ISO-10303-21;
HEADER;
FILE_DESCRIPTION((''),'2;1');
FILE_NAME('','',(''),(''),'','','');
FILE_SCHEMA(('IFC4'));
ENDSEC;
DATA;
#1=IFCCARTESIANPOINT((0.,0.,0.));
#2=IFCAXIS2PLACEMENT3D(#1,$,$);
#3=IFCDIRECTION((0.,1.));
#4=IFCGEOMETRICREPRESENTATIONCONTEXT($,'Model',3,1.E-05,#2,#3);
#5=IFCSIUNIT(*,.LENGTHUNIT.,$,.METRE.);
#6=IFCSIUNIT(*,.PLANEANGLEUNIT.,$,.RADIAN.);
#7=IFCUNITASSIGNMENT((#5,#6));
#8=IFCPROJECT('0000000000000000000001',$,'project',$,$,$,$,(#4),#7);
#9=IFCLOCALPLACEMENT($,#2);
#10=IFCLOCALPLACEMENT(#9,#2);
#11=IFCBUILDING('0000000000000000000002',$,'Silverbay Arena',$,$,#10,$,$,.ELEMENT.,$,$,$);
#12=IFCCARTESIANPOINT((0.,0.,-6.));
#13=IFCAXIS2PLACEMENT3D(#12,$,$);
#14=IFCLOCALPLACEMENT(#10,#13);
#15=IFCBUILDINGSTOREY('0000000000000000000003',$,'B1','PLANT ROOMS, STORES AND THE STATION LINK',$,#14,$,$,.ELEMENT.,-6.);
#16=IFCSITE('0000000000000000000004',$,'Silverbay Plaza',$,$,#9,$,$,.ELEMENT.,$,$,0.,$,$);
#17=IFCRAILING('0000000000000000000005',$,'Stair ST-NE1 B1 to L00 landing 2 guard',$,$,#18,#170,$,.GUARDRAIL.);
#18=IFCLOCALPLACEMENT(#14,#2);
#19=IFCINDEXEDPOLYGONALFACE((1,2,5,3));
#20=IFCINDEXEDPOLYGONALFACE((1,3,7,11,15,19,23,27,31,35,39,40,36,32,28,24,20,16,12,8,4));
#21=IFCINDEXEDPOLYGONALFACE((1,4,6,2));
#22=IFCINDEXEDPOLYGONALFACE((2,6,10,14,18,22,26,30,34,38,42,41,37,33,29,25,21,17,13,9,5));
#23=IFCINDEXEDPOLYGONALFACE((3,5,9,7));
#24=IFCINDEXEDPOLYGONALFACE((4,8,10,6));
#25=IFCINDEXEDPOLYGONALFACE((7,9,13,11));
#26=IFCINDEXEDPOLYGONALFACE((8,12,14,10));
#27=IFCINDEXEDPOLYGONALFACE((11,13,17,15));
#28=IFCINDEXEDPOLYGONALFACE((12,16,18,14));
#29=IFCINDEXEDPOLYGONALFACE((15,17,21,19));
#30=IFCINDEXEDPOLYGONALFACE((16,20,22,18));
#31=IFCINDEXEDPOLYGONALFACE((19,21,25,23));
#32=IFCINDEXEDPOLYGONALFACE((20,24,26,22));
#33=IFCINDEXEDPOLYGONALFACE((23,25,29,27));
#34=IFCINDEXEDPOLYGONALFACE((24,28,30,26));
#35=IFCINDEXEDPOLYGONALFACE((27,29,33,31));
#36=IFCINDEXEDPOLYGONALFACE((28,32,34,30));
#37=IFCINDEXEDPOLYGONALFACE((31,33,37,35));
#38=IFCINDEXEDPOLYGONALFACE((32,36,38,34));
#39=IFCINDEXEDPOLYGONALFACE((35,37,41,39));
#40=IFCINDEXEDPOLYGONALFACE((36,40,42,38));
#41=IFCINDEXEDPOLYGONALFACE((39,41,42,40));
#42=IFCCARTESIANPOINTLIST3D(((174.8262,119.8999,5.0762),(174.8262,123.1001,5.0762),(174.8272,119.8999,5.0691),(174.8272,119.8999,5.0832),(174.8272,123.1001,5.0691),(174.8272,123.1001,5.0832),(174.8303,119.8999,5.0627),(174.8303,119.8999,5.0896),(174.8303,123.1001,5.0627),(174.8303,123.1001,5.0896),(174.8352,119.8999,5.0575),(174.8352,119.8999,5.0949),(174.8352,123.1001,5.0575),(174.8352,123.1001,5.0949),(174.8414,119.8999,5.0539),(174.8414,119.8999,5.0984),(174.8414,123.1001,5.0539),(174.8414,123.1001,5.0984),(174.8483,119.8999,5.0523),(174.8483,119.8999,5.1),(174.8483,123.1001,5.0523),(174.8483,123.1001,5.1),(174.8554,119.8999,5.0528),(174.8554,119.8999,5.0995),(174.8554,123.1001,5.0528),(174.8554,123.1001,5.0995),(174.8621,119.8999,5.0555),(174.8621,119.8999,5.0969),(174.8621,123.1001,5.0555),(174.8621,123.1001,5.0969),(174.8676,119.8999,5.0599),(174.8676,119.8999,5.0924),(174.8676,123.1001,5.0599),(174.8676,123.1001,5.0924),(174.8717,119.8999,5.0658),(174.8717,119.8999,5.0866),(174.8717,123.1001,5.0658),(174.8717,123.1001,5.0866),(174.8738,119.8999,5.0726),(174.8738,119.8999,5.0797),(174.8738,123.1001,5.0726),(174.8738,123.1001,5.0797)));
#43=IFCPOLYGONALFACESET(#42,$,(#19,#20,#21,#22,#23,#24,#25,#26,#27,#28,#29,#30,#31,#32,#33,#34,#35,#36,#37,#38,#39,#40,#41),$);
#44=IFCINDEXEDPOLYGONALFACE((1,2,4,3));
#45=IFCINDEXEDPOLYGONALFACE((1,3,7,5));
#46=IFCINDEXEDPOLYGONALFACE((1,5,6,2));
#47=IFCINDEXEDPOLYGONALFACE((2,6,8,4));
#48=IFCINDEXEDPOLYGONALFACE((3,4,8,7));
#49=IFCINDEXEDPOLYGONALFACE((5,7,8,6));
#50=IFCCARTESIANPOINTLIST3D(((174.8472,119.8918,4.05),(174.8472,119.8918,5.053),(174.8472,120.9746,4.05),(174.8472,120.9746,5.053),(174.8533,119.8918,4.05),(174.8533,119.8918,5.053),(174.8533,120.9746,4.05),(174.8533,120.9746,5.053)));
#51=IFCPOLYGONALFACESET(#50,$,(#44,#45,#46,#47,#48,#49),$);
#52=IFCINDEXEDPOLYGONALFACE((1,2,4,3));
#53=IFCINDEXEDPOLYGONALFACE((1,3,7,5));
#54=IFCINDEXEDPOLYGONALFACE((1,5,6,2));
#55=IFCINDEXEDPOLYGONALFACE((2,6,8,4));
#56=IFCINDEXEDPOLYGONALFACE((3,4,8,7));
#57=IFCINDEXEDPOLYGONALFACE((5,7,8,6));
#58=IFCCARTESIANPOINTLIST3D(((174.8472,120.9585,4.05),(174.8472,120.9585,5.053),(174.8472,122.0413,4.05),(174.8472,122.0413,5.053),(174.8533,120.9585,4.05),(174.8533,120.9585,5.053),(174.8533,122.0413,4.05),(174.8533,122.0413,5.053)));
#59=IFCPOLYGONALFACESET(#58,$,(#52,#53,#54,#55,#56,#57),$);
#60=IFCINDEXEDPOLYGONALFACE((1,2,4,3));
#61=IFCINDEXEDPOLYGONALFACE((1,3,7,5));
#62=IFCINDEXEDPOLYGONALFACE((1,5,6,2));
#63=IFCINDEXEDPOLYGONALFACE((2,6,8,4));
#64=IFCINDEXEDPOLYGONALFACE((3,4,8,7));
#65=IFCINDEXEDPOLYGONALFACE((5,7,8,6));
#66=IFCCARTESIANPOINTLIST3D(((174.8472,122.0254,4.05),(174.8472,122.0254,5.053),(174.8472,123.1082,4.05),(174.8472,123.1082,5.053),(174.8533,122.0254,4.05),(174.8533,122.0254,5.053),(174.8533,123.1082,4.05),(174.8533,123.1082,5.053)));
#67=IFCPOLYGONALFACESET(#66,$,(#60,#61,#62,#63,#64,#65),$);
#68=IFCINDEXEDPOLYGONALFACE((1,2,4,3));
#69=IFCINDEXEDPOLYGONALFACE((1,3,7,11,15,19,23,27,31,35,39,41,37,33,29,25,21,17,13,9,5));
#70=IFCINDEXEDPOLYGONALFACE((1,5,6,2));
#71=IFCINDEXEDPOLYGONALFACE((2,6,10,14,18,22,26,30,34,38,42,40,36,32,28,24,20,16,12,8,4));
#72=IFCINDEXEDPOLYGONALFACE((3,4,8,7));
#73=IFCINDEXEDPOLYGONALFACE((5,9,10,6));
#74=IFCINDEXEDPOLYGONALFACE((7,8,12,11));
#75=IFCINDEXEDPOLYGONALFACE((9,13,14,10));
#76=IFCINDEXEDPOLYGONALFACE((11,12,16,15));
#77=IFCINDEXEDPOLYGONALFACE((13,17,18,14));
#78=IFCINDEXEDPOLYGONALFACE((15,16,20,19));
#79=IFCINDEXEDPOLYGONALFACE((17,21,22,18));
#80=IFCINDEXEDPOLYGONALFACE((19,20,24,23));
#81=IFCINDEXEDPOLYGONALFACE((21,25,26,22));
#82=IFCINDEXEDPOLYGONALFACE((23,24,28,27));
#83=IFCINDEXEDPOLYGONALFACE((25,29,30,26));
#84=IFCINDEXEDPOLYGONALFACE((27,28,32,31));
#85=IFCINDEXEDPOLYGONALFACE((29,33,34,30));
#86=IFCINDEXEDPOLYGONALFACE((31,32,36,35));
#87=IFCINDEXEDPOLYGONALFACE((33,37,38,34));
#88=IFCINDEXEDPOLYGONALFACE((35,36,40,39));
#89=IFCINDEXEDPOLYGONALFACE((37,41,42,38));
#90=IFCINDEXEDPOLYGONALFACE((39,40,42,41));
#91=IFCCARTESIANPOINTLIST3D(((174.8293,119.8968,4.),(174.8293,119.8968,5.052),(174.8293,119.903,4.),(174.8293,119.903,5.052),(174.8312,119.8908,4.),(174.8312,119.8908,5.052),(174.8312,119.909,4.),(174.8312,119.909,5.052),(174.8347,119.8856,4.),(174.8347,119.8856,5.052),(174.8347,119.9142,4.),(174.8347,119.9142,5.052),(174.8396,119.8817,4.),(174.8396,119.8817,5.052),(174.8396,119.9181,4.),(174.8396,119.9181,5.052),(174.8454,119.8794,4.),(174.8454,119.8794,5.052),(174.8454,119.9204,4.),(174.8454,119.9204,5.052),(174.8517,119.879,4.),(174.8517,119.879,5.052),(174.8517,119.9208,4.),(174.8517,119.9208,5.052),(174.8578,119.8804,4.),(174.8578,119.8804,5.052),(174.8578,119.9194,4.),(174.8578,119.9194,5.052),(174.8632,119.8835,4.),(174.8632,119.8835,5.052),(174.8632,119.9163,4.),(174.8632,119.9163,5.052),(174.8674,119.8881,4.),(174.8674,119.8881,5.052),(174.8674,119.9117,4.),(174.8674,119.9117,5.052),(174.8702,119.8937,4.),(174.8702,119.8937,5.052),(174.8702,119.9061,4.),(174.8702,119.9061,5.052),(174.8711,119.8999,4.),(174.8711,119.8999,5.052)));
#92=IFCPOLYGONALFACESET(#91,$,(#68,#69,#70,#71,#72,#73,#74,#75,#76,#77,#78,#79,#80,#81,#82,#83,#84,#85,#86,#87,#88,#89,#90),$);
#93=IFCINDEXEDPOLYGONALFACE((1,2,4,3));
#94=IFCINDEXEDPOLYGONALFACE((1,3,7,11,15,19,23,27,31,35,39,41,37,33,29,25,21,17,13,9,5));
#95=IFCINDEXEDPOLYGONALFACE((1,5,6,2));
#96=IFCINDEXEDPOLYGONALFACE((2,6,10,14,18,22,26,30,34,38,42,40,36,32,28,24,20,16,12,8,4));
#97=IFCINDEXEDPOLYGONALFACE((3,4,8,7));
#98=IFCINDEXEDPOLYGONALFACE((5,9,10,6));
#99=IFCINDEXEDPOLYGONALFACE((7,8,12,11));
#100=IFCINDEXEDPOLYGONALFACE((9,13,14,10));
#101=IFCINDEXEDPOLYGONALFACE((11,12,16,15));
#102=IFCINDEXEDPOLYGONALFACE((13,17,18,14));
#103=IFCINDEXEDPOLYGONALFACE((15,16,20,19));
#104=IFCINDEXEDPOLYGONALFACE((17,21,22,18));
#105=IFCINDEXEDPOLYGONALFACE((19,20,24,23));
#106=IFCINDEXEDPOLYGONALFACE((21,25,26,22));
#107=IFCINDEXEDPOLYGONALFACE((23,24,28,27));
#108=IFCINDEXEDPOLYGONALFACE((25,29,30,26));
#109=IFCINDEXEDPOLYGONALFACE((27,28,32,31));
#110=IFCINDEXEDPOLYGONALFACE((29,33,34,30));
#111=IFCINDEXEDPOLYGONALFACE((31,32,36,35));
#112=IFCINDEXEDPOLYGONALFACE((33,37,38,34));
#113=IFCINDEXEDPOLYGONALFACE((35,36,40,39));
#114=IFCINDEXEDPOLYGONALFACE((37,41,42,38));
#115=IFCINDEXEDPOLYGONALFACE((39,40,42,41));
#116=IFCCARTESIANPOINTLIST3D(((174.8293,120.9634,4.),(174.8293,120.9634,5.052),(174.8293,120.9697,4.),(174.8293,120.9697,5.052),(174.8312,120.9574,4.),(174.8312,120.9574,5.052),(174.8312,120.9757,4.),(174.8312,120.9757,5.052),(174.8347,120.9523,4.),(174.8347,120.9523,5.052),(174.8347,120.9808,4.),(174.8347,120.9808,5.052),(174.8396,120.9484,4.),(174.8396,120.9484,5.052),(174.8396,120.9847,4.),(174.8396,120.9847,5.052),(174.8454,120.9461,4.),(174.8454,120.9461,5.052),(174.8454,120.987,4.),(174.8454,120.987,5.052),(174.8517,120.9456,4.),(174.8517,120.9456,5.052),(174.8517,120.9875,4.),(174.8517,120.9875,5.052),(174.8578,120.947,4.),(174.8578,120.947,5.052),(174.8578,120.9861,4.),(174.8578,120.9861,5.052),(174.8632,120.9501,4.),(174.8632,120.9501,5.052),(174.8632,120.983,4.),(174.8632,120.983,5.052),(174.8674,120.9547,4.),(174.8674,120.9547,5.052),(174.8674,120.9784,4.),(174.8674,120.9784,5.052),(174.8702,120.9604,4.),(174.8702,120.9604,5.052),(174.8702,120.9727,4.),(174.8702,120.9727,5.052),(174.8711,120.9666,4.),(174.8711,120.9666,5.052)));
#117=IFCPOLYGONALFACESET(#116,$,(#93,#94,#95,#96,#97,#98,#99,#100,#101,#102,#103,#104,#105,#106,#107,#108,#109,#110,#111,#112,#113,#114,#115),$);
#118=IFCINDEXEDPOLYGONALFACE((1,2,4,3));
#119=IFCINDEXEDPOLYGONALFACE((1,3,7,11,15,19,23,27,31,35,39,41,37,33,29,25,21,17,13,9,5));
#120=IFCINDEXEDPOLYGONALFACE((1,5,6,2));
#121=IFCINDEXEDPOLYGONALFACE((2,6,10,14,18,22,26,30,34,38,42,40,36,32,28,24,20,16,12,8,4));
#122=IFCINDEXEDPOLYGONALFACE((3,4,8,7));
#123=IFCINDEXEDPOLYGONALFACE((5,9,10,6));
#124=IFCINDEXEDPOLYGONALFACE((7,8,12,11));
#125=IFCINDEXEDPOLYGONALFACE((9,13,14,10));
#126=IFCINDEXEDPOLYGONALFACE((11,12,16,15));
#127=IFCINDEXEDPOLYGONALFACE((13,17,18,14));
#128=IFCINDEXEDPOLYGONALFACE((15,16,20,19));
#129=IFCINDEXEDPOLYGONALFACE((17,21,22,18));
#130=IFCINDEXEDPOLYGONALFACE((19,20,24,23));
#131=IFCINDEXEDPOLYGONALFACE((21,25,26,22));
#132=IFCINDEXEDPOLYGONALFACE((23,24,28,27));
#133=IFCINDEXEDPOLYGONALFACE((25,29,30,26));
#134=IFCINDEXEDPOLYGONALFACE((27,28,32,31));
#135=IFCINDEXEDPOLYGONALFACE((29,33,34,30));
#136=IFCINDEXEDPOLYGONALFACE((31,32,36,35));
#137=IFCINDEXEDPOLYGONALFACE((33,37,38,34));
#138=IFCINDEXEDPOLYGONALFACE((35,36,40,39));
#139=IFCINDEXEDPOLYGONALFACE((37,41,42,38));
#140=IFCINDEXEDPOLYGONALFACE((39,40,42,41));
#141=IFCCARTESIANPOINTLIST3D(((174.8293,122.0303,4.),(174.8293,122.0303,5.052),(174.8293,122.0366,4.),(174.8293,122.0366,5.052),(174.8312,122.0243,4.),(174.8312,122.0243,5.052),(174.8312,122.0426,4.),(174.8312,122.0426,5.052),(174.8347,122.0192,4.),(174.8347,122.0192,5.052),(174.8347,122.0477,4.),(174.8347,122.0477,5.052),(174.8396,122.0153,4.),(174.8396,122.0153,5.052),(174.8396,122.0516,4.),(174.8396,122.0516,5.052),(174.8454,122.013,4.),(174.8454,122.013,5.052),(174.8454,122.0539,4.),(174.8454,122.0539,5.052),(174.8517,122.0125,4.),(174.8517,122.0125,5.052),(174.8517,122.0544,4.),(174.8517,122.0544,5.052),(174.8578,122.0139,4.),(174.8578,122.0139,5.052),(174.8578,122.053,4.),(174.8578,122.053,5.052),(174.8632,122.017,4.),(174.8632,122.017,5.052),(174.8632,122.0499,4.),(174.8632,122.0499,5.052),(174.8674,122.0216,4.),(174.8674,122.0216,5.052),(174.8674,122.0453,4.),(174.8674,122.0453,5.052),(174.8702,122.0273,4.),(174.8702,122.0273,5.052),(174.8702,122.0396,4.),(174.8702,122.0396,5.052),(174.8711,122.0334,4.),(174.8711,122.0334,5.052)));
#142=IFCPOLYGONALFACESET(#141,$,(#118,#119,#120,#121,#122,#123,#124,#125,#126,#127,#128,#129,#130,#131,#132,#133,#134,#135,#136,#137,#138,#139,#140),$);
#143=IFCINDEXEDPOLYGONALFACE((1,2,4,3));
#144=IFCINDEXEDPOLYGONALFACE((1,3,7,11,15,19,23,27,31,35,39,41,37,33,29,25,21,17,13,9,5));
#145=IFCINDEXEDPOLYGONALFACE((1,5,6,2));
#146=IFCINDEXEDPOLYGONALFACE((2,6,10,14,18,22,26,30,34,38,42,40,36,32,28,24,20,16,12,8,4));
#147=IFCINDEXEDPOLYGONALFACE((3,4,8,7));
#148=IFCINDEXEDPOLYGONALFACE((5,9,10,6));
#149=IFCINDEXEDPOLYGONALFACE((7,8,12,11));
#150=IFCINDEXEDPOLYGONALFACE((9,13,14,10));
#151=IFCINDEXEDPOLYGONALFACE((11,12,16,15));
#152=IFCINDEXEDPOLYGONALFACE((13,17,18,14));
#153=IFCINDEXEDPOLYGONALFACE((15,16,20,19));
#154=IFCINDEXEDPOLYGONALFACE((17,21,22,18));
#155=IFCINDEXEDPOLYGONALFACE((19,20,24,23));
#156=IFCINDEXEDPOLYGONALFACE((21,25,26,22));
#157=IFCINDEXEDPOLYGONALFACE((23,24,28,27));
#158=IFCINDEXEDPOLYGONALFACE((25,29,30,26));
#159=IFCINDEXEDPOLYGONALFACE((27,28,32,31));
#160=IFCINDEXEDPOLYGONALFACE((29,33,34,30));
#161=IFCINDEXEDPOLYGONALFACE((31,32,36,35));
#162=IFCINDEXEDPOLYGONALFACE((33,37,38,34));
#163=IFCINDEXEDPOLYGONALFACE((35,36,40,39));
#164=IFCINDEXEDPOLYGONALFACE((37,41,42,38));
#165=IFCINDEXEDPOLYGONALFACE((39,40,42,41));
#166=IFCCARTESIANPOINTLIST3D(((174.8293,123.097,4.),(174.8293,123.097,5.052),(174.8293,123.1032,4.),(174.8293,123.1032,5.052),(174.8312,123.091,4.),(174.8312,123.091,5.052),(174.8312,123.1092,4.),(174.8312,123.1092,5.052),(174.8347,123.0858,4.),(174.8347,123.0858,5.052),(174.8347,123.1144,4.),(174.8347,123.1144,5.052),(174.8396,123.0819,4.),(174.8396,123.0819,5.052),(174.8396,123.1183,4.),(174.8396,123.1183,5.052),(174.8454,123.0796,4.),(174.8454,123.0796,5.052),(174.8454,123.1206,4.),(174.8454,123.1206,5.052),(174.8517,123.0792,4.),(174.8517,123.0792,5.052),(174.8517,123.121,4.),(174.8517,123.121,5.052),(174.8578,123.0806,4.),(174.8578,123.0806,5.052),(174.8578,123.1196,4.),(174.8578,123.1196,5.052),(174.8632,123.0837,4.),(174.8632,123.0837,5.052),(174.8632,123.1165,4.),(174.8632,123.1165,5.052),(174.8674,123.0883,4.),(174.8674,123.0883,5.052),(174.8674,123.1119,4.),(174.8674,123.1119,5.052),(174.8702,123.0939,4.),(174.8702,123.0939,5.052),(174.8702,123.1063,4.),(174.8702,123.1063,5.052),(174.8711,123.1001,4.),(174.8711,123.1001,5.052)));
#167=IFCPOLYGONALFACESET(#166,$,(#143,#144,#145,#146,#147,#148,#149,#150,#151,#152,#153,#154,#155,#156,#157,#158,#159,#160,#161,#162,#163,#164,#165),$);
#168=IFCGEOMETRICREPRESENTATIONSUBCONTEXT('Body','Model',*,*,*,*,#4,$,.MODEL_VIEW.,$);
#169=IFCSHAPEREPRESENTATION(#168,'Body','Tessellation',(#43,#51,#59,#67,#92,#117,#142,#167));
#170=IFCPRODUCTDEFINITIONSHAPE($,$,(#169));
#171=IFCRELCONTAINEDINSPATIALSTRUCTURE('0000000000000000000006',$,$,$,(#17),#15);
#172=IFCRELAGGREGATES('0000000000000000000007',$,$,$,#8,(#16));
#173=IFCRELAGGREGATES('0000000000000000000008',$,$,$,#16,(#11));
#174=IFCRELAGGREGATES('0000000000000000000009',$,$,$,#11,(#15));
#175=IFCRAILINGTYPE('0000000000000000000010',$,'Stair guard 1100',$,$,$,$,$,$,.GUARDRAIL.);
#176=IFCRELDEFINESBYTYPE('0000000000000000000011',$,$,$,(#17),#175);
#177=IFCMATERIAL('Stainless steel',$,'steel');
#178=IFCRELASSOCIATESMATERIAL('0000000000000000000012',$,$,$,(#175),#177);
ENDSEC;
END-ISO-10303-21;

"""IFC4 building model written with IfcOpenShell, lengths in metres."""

from ifc_helpers import new_model, si_unit, direction, frame, origin, origin_2d, place, context, subcontext, project, spatial, polyline, circle, outline, extrude, material, type_object, element, save


model = new_model("IFC4")

# Units and contexts
model_context = context("Model", 3, precision=1e-05, world=origin(), true_north=direction((0.0, 1.0)))
body_context = subcontext(model_context, "Body", "Model", "MODEL_VIEW")
ifc_project = project(units=[si_unit("LENGTHUNIT", "METRE"), si_unit("PLANEANGLEUNIT", "RADIAN")], contexts=[model_context])

# Site, building, storey
site_placement = place(None, origin())
site = spatial("IfcSite", under=ifc_project, at=site_placement, Name="Silverbay Plaza", CompositionType="ELEMENT", RefElevation=0.0)
building_placement = place(site_placement, origin())
building = spatial("IfcBuilding", under=site, at=building_placement, Name="Silverbay Arena", CompositionType="ELEMENT")
storey_placement = place(building_placement, frame((0.0, 0.0, -6.0)))
storey = spatial("IfcBuildingStorey", under=building, at=storey_placement, Name="B1", Description="PLANT ROOMS, STORES AND THE STATION LINK", CompositionType="ELEMENT", Elevation=-6.0)

# Railing
ifc_material_1 = material(Name="Stainless steel", Category="steel")
railing_type_1 = type_object("IfcRailingType", Name="Stair guard 1100", PredefinedType="GUARDRAIL", material=ifc_material_1)
for number, where, name in (
    (1, (174.8501, 119.8999, 4.0), "Stair ST-NE1 B1 to L00 landing 2 guard"),
):
    element("IfcRailing", number, at=place(storey_placement, frame(where)), inside=storey, type_object=railing_type_1, Name=name, PredefinedType="GUARDRAIL", context=body_context, shape_type="SweptSolid", body=[
        extrude(circle(Radius=0.0239, at=origin_2d()), frame((0.0, 0.0, 1.0762), z_axis=(0.0, 1.0, 0.0), x_axis=(-1.0, 0.0, 0.0)), (0.0, 0.0, 1.0), 3.2002),
        extrude(outline(polyline([(-0.0081, 0.05), (1.0747, 0.05), (1.0747, 1.053), (-0.0081, 1.053), (-0.0081, 0.05)])), frame((-0.0029, 0.0, 0.0), z_axis=(1.0, 0.0, 0.0), x_axis=(0.0, 1.0, 0.0)), (0.0, 0.0, 1.0), 0.0061),
        extrude(outline(polyline([(-0.0081, 0.05), (1.0747, 0.05), (1.0747, 1.053), (-0.0081, 1.053), (-0.0081, 0.05)])), frame((-0.0029, 1.0667, 0.0), z_axis=(1.0, 0.0, 0.0), x_axis=(0.0, 1.0, 0.0)), (0.0, 0.0, 1.0), 0.0061),
        extrude(outline(polyline([(-0.0081, 0.05), (1.0747, 0.05), (1.0747, 1.053), (-0.0081, 1.053), (-0.0081, 0.05)])), frame((-0.0029, 2.1335, 0.0), z_axis=(1.0, 0.0, 0.0), x_axis=(0.0, 1.0, 0.0)), (0.0, 0.0, 1.0), 0.0061),
        extrude(circle(Radius=0.021, at=origin_2d()), origin(), (0.0, 0.0, 1.0), 1.052),
        extrude(circle(Radius=0.021, at=origin_2d()), frame((0.0, 1.0667, 0.0)), (0.0, 0.0, 1.0), 1.052),
        extrude(circle(Radius=0.021, at=origin_2d()), frame((0.0, 2.1335, 0.0)), (0.0, 0.0, 1.0), 1.052),
        extrude(circle(Radius=0.021, at=origin_2d()), frame((0.0, 3.2002, 0.0)), (0.0, 0.0, 1.0), 1.052),
    ])

save(model, "model.ifc")
